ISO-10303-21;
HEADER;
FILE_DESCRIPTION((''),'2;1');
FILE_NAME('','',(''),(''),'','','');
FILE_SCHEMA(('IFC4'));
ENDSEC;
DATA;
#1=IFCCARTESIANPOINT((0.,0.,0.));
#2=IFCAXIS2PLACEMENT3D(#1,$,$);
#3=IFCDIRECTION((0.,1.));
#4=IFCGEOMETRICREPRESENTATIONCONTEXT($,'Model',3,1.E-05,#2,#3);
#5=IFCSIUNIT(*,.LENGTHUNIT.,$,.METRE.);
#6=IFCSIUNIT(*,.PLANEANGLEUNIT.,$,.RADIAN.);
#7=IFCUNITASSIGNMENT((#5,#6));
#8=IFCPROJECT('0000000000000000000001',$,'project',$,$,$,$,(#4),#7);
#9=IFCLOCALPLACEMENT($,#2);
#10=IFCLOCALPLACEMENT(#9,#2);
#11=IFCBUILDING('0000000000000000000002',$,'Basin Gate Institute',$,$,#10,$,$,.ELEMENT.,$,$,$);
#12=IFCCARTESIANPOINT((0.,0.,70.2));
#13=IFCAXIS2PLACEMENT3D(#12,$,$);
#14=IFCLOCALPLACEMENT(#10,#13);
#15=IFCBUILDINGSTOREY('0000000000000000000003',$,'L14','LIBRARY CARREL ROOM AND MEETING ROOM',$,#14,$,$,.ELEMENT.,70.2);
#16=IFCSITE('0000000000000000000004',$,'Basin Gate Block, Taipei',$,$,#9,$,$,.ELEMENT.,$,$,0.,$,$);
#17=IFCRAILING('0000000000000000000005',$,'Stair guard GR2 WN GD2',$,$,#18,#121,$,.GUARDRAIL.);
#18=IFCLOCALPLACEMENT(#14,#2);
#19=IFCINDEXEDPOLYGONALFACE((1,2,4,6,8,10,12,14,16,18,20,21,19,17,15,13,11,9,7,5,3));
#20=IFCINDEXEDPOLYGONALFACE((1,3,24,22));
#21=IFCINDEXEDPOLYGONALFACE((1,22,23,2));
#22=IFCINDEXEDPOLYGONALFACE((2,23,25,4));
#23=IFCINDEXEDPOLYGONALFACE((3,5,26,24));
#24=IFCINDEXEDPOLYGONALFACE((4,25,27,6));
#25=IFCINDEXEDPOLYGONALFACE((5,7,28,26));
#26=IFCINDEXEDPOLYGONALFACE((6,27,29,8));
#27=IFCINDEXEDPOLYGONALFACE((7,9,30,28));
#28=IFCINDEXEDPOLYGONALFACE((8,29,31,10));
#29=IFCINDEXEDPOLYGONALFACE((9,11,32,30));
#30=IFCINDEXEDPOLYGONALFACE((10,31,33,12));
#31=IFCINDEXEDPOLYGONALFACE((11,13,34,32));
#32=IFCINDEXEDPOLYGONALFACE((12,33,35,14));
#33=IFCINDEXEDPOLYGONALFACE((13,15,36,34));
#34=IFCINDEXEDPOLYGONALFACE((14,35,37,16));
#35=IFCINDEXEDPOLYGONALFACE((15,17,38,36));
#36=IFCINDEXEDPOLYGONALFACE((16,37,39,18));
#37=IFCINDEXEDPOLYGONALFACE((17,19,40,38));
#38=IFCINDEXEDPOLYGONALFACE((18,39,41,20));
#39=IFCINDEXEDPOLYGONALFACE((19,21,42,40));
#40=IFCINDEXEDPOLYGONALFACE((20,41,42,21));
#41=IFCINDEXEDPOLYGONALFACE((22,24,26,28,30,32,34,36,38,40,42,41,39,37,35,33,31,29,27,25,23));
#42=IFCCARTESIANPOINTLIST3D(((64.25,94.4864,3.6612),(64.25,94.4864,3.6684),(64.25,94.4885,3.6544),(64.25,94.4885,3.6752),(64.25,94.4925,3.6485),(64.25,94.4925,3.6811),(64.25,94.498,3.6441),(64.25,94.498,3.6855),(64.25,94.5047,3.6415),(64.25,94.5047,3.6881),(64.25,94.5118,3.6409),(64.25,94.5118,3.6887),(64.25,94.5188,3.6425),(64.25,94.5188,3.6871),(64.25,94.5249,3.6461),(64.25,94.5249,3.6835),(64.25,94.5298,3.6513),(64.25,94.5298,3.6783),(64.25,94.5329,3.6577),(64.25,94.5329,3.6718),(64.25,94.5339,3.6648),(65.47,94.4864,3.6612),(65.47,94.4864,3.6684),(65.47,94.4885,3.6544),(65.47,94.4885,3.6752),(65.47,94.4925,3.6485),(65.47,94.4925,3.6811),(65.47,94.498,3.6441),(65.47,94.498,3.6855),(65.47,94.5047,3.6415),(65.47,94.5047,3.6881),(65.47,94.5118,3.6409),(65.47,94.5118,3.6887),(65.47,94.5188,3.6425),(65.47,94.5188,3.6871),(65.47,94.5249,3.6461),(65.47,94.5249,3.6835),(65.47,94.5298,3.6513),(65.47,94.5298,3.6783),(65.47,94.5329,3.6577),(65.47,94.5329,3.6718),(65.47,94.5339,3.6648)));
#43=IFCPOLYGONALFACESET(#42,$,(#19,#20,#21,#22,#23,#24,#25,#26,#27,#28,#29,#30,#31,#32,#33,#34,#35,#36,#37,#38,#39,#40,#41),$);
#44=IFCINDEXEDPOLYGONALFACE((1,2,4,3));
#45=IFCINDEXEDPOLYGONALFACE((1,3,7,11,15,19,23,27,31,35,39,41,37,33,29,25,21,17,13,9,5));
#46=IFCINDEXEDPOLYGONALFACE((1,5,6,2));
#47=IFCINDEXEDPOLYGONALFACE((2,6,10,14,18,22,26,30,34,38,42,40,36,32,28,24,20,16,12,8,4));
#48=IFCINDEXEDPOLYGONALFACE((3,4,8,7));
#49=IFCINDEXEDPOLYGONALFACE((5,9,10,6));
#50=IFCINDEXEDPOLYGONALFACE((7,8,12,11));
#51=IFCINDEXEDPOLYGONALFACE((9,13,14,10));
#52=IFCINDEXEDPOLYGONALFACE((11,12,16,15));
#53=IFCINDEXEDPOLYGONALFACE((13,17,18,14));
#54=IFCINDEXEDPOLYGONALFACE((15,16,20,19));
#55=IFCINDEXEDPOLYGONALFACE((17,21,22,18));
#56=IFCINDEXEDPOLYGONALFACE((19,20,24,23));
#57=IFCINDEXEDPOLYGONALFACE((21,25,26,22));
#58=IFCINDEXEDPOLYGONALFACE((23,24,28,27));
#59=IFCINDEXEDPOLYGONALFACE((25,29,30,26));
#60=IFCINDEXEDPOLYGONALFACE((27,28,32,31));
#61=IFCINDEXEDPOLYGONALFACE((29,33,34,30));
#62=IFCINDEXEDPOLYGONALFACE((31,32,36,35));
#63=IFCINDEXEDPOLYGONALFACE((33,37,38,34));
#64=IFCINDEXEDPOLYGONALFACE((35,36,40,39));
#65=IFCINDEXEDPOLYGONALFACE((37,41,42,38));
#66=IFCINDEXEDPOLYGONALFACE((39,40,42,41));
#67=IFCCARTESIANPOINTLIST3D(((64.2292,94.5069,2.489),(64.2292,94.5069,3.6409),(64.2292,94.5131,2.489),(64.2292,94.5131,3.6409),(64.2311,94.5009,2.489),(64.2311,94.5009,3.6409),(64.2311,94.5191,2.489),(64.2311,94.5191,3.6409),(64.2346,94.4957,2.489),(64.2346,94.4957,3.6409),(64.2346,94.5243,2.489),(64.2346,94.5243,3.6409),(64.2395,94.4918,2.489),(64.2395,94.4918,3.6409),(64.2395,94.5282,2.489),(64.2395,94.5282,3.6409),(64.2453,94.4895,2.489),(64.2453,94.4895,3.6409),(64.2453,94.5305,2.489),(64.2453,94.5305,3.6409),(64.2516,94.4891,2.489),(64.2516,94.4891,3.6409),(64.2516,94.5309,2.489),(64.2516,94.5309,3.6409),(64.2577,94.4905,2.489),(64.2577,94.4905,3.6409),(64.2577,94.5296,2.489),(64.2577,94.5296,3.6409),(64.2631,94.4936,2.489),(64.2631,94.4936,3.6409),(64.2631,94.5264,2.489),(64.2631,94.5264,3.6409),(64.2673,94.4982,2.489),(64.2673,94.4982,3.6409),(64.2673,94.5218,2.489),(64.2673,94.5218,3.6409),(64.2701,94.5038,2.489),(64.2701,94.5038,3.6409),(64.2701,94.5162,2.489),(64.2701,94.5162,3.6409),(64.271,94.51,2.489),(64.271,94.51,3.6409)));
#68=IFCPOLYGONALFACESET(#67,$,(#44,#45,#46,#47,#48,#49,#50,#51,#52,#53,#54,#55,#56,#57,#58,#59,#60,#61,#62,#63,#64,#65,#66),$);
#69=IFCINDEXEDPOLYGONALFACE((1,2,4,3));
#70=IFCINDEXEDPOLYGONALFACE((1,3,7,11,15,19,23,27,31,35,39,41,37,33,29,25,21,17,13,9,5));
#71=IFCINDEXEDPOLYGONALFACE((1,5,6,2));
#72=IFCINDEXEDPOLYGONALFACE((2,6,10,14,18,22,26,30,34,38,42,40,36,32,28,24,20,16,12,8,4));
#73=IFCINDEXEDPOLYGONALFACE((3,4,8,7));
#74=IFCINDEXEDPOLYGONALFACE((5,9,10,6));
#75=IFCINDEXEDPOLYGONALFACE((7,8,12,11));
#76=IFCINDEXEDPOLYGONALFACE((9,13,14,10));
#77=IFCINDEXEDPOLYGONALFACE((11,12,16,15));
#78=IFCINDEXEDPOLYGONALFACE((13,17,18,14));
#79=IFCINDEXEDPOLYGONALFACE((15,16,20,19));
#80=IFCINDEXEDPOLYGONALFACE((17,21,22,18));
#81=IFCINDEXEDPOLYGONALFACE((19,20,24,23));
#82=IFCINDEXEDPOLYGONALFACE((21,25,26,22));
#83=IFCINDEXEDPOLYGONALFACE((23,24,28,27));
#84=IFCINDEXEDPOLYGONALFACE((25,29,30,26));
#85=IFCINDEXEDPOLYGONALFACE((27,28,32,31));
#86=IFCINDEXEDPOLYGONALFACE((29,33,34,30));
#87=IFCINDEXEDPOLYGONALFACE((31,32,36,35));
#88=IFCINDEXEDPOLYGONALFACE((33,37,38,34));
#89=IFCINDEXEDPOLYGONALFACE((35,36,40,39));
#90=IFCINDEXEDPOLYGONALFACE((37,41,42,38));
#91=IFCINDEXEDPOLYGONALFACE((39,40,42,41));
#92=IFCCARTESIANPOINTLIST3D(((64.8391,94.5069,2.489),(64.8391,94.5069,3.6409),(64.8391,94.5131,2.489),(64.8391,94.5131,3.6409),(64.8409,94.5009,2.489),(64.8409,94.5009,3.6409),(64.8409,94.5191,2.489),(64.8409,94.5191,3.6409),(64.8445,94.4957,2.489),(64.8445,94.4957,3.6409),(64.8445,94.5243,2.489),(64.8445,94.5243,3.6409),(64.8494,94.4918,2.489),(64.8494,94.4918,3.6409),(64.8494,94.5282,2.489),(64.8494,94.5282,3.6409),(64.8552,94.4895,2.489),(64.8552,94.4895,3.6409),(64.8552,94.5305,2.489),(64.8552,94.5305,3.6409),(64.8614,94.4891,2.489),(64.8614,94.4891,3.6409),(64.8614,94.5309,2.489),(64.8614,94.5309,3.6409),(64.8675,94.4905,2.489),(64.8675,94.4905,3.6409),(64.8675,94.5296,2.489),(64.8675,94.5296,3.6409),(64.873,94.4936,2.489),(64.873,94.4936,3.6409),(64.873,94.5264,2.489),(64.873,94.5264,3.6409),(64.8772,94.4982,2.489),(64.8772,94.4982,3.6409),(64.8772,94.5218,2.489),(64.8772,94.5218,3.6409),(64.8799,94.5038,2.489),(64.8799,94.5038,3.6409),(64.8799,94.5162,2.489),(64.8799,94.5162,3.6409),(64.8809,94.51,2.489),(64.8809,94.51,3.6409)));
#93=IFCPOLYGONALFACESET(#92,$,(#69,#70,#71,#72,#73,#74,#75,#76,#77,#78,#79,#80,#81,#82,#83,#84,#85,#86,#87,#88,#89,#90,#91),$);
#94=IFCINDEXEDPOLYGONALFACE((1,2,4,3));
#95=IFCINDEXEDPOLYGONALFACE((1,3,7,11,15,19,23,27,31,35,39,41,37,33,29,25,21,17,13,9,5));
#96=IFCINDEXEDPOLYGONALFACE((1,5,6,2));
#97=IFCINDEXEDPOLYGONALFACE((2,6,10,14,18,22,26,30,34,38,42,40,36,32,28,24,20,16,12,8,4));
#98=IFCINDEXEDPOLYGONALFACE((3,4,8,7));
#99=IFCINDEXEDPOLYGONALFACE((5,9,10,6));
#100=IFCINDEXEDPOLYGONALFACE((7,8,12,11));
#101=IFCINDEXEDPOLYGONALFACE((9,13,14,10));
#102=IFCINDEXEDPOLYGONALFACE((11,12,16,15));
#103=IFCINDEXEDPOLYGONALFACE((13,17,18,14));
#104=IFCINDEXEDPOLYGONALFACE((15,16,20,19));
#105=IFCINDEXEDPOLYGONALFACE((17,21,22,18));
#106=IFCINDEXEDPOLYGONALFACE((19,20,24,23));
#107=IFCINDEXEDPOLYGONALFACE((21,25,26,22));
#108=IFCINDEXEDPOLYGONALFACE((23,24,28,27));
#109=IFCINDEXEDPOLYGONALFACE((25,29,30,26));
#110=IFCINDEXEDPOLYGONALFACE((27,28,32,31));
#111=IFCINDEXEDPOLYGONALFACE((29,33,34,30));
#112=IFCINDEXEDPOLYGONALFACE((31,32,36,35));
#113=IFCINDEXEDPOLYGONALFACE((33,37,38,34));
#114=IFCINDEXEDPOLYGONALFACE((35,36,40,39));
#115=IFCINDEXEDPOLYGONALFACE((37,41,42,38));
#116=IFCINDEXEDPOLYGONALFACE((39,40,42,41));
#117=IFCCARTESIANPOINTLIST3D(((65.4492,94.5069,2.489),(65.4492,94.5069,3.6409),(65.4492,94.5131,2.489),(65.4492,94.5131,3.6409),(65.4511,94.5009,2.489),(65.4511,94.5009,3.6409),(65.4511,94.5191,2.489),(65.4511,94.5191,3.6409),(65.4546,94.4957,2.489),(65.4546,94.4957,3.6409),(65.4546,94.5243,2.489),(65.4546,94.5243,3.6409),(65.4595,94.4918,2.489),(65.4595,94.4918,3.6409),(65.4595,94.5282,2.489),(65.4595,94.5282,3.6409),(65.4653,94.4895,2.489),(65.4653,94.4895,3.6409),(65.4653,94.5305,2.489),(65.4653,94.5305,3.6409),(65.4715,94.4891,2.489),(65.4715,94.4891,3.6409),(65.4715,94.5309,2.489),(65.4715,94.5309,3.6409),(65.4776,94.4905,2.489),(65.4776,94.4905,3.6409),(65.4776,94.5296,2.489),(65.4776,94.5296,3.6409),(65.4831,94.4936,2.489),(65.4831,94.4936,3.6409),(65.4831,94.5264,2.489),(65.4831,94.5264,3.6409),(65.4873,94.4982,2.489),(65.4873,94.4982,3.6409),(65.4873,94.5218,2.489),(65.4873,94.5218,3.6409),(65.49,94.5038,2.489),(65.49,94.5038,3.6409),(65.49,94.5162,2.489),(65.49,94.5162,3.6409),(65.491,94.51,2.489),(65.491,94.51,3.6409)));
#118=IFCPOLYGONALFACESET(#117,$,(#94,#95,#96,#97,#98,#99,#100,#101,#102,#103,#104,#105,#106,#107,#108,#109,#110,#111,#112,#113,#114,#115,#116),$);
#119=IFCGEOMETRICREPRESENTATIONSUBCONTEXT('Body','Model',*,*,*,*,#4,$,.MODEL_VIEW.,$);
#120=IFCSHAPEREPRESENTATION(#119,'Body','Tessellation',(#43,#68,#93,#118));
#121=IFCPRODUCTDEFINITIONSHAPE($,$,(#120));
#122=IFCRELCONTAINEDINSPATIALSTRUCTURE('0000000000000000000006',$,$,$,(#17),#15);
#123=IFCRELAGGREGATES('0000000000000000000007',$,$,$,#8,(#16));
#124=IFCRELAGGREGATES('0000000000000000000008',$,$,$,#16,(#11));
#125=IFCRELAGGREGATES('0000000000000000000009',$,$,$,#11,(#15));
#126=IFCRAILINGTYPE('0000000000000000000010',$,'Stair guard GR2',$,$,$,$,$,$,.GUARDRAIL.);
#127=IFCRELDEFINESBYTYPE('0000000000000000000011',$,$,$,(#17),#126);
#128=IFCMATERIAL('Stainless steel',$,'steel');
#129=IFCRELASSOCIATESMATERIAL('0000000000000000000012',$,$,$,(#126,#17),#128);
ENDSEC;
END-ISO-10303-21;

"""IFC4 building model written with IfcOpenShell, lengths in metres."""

from ifc_helpers import new_model, si_unit, direction, frame, origin, origin_2d, place, context, subcontext, project, spatial, circle, extrude, material, type_object, element, save


model = new_model("IFC4")

# Units and contexts
model_context = context("Model", 3, precision=1e-05, world=origin(), true_north=direction((0.0, 1.0)))
body_context = subcontext(model_context, "Body", "Model", "MODEL_VIEW")
ifc_project = project(units=[si_unit("LENGTHUNIT", "METRE"), si_unit("PLANEANGLEUNIT", "RADIAN")], contexts=[model_context])

# Site, building, storey
site_placement = place(None, origin())
site = spatial("IfcSite", under=ifc_project, at=site_placement, Name="Basin Gate Block, Taipei", CompositionType="ELEMENT", RefElevation=0.0)
building_placement = place(site_placement, origin())
building = spatial("IfcBuilding", under=site, at=building_placement, Name="Basin Gate Institute", CompositionType="ELEMENT")
storey_placement = place(building_placement, frame((0.0, 0.0, 70.2)))
storey = spatial("IfcBuildingStorey", under=building, at=storey_placement, Name="L14", Description="LIBRARY CARREL ROOM AND MEETING ROOM", CompositionType="ELEMENT", Elevation=70.2)

# Railing
ifc_material_1 = material(Name="Stainless steel", Category="steel")
railing_type_1 = type_object("IfcRailingType", Name="Stair guard GR2", PredefinedType="GUARDRAIL", material=ifc_material_1)
railing_1_placement = place(storey_placement, frame((64.25, 94.51, 2.489)))
element("IfcRailing", 1, at=railing_1_placement, inside=storey, type_object=railing_type_1, material=ifc_material_1, Name="Stair guard GR2 WN GD2", PredefinedType="GUARDRAIL", context=body_context, shape_type="SweptSolid", body=[
    extrude(circle(Radius=0.0239, at=origin_2d()), frame((0.0, 0.0, 1.1758), z_axis=(1.0, 0.0, 0.0), x_axis=(0.0, 1.0, 0.0)), (0.0, 0.0, 1.0), 1.22),
    extrude(circle(Radius=0.021, at=origin_2d()), origin(), (0.0, 0.0, 1.0), 1.1519),
    extrude(circle(Radius=0.021, at=origin_2d()), frame((0.6099, 0.0, 0.0)), (0.0, 0.0, 1.0), 1.1519),
    extrude(circle(Radius=0.021, at=origin_2d()), frame((1.22, 0.0, 0.0)), (0.0, 0.0, 1.0), 1.1519),
])

save(model, "model.ifc")
